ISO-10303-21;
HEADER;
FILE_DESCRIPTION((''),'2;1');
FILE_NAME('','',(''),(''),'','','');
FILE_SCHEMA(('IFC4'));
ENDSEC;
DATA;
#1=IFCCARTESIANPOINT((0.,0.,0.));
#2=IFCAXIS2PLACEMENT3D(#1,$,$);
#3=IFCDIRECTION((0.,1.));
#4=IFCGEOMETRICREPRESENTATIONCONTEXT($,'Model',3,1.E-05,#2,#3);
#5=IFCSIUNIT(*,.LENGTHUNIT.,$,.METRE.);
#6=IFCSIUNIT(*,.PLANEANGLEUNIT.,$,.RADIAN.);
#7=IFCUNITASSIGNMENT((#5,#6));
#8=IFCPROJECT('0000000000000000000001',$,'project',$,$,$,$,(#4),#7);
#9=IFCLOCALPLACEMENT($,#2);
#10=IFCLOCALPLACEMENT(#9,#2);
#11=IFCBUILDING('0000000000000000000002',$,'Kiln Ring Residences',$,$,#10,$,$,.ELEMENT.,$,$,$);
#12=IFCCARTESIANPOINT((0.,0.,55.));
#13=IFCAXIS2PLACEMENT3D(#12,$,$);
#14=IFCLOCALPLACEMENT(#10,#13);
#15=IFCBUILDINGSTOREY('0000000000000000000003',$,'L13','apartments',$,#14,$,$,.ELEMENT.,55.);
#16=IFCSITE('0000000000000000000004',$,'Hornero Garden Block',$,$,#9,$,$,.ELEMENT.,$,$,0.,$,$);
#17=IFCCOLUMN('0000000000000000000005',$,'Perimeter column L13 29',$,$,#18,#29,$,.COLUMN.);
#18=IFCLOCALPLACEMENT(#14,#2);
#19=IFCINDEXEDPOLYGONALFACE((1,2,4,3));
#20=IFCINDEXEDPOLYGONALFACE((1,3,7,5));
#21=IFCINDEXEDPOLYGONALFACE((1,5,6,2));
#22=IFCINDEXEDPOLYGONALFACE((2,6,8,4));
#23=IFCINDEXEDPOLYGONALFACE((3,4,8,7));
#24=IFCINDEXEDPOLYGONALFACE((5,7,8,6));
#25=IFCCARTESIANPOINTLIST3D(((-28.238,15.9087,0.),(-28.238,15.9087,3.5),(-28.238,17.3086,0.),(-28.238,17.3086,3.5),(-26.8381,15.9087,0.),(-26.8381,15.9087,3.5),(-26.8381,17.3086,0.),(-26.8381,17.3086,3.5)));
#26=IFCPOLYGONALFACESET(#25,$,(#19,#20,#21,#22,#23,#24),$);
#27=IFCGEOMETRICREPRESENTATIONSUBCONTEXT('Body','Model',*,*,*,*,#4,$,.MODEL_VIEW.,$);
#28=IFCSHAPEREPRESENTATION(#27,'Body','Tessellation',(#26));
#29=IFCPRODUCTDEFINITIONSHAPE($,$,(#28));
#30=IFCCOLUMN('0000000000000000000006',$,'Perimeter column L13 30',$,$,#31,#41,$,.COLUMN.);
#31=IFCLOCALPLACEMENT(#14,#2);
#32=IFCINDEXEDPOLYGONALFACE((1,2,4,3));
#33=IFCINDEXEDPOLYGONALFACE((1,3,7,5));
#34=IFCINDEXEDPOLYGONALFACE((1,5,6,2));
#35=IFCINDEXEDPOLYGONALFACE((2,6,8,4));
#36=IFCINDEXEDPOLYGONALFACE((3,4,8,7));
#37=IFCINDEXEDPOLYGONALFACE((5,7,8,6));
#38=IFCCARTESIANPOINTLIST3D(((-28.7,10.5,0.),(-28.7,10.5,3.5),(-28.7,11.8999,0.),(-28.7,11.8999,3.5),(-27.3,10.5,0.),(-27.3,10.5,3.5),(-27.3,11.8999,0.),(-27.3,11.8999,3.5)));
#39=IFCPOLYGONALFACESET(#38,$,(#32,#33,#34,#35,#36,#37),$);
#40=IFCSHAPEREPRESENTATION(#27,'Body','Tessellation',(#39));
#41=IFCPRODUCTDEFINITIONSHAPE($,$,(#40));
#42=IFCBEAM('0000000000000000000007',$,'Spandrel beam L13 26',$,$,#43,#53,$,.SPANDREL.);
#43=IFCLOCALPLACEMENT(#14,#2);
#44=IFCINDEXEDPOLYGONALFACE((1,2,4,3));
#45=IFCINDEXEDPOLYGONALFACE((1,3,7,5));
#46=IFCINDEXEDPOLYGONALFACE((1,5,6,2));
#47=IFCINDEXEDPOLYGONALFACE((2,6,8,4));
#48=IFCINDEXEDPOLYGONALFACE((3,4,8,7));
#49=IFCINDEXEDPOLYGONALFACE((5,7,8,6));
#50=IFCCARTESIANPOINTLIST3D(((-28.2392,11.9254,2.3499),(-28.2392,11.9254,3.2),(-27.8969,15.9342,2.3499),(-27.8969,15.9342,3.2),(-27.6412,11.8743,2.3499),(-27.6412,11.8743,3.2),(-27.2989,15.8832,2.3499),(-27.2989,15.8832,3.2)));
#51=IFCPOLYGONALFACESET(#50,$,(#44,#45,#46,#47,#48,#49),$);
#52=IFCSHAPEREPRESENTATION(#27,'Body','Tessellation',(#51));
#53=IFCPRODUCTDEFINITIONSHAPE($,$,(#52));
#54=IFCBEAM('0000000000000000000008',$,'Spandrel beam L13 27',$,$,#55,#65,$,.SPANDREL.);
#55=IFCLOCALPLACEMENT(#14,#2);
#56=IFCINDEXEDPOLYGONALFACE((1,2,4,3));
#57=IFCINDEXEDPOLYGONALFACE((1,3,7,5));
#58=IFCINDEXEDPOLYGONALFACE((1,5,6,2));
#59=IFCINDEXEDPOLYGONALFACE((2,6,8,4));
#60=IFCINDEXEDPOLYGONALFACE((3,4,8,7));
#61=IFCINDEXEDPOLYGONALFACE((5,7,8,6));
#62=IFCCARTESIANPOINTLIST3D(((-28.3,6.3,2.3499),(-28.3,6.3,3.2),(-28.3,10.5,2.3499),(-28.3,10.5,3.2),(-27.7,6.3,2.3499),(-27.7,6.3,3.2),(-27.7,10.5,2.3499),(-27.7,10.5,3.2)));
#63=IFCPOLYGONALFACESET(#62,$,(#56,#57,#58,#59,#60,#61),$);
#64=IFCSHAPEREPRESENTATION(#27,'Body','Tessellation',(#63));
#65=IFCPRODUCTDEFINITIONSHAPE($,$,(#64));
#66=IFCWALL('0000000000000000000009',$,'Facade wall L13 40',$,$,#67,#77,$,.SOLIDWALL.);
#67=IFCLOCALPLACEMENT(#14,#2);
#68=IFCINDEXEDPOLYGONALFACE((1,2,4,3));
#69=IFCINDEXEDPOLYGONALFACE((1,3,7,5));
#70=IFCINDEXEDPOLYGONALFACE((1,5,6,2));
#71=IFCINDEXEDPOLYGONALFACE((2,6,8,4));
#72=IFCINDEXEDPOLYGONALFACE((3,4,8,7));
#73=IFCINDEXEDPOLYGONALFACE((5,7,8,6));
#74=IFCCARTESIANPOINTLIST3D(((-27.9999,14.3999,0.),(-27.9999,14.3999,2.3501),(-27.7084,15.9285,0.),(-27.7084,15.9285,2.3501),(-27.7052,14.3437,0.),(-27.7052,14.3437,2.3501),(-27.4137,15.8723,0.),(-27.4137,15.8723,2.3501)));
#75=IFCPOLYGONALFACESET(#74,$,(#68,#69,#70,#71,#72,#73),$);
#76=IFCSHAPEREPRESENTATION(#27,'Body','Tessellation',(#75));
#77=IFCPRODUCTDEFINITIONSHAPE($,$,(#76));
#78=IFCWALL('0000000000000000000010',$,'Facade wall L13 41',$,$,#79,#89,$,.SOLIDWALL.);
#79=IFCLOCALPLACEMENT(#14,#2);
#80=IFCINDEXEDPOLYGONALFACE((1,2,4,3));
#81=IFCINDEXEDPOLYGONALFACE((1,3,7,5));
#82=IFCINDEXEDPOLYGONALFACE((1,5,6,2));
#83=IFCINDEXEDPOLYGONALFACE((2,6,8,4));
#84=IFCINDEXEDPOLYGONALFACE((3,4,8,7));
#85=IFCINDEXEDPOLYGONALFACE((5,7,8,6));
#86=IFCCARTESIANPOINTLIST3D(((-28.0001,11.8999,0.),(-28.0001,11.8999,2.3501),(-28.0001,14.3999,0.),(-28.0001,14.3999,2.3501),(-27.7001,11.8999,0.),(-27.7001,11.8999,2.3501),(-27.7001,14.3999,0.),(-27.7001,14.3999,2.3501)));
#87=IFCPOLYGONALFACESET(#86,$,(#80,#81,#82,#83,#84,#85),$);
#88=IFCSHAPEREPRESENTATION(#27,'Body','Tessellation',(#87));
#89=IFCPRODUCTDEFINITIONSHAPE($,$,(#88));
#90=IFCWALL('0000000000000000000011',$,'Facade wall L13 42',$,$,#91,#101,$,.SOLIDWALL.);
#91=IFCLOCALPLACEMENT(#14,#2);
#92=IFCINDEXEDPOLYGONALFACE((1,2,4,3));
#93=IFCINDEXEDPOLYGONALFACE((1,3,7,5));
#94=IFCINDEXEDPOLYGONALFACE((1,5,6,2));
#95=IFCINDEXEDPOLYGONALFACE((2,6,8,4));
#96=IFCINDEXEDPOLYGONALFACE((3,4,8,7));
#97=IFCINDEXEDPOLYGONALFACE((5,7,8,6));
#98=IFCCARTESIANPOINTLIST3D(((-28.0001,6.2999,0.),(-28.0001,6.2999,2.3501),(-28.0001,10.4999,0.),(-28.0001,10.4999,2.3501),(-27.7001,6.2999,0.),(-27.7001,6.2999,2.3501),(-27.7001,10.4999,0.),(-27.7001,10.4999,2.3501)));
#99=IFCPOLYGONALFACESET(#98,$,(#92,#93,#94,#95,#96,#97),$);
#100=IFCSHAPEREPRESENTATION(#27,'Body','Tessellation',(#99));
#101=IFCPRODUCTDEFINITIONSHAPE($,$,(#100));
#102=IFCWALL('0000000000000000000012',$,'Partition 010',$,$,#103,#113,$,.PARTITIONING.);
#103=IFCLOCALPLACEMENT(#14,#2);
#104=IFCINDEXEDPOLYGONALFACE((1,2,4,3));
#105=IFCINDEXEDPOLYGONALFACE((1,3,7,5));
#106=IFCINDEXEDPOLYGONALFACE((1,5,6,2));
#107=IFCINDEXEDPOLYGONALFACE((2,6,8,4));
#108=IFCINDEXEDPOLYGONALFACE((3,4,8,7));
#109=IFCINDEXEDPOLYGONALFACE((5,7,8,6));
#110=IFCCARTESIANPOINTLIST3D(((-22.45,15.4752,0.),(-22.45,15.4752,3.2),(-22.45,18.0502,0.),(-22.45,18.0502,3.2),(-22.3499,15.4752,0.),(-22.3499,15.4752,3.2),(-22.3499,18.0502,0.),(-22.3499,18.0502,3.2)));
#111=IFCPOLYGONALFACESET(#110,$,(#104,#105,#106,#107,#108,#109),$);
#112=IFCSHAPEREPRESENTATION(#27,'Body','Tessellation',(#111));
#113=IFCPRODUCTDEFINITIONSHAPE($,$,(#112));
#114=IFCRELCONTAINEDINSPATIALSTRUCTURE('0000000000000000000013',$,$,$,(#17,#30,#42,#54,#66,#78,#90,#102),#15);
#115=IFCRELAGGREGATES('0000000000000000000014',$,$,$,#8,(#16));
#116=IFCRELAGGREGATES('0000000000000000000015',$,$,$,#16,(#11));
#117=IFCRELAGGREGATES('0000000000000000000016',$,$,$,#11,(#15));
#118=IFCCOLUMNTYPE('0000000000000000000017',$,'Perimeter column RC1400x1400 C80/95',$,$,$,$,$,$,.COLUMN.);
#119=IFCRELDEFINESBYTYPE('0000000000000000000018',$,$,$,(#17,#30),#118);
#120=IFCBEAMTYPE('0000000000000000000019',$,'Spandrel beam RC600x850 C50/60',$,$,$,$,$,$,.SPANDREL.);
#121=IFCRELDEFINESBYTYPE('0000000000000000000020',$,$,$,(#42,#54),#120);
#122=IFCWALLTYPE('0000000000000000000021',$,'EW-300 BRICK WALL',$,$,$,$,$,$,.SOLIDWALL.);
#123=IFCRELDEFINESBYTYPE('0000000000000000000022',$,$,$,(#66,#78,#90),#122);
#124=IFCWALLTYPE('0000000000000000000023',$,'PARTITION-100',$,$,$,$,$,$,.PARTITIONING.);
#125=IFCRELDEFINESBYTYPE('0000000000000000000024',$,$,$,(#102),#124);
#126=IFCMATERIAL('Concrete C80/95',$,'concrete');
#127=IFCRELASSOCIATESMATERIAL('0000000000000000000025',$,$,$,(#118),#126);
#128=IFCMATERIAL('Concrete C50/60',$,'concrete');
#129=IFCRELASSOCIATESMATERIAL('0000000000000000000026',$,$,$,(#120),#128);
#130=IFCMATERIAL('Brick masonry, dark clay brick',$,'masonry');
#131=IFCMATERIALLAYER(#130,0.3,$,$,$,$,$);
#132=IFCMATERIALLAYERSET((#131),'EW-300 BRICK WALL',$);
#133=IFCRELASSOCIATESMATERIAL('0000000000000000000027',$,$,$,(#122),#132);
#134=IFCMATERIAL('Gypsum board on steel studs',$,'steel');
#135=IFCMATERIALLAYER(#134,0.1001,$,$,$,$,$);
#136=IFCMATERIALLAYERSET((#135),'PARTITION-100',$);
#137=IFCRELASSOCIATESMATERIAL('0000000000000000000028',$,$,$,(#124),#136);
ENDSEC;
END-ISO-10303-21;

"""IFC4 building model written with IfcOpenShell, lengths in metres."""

from ifc_helpers import new_model, si_unit, direction, frame, frame_2d, origin, origin_2d, place, context, subcontext, project, spatial, rectangle, extrude, material, layer, layer_set, material_profile, profile_set, type_object, element, save


model = new_model("IFC4")

# Units and contexts
model_context = context("Model", 3, precision=1e-05, world=origin(), true_north=direction((0.0, 1.0)))
body_context = subcontext(model_context, "Body", "Model", "MODEL_VIEW")
ifc_project = project(units=[si_unit("LENGTHUNIT", "METRE"), si_unit("PLANEANGLEUNIT", "RADIAN")], contexts=[model_context])

# Site, building, storey
site_placement = place(None, origin())
site = spatial("IfcSite", under=ifc_project, at=site_placement, Name="Hornero Garden Block", CompositionType="ELEMENT", RefElevation=0.0)
building_placement = place(site_placement, origin())
building = spatial("IfcBuilding", under=site, at=building_placement, Name="Kiln Ring Residences", CompositionType="ELEMENT")
storey_placement = place(building_placement, frame((0.0, 0.0, 55.0)))
storey = spatial("IfcBuildingStorey", under=building, at=storey_placement, Name="L13", Description="apartments", CompositionType="ELEMENT", Elevation=55.0)

# Columns
ifc_material_1 = material(Name="Concrete C80/95", Category="concrete")
ifc_material_profile_1 = material_profile(ifc_material_1, rectangle(XDim=1.3999, YDim=1.3999, at=origin_2d()), Name="RC1400x1400")
ifc_profile_set_1 = profile_set([ifc_material_profile_1], Name="Concrete C80/95")
column_type = type_object("IfcColumnType", Name="Perimeter column RC1400x1400 C80/95", PredefinedType="COLUMN", material=ifc_profile_set_1)
for number, where, z_axis, x_axis, name in (
    (1, (-27.5381, 16.6086, 0.0), (0.0, 0.0, 1.0), (1.0, 0.0, 0.0), "Perimeter column L13 29"),
    (2, (-28.0, 11.2, 0.0), (0.0, 0.0, 1.0), (1.0, 0.0, 0.0), "Perimeter column L13 30"),
):
    element("IfcColumn", number, at=place(storey_placement, frame(where, z_axis=z_axis, x_axis=x_axis)), inside=storey, type_object=column_type, Name=name, PredefinedType="COLUMN", context=body_context, shape_type="SweptSolid", body=[
        extrude(rectangle(XDim=1.3999, YDim=1.3999, at=origin_2d()), origin(), (0.0, 0.0, 1.0), 3.5),
    ])

# Beams
ifc_material_2 = material(Name="Concrete C50/60", Category="concrete")
ifc_material_profile_2 = material_profile(ifc_material_2, rectangle(XDim=0.6001, YDim=0.8501, at=origin_2d()), Name="RC600x850")
ifc_profile_set_2 = profile_set([ifc_material_profile_2], Name="Concrete C50/60")
beam_type = type_object("IfcBeamType", Name="Spandrel beam RC600x850 C50/60", PredefinedType="SPANDREL", material=ifc_profile_set_2)
beam_1_placement = place(storey_placement, frame((-27.5979, 15.9087, 2.7749), z_axis=(-0.085074, -0.996375, 0.0), x_axis=(0.996375, -0.085074, 0.0)))
element("IfcBeam", 3, at=beam_1_placement, inside=storey, type_object=beam_type, Name="Spandrel beam L13 26", PredefinedType="SPANDREL", context=body_context, shape_type="SweptSolid", body=[
    extrude(rectangle(XDim=0.6001, YDim=0.8501, at=origin_2d()), origin(), (0.0, 0.0, 1.0), 4.0234),
])
beam_2_placement = place(storey_placement, frame((-28.0, 10.5, 2.7749), z_axis=(0.0, -1.0, 0.0), x_axis=(1.0, 0.0, 0.0)))
element("IfcBeam", 4, at=beam_2_placement, inside=storey, type_object=beam_type, Name="Spandrel beam L13 27", PredefinedType="SPANDREL", context=body_context, shape_type="SweptSolid", body=[
    extrude(rectangle(XDim=0.6001, YDim=0.8501, at=origin_2d()), origin(), (0.0, 0.0, 1.0), 4.2),
])

# Walls
ifc_material_3 = material(Name="Brick masonry, dark clay brick", Category="masonry")
ifc_layer_1 = layer(ifc_material_3, 0.3)
ifc_layer_set_1 = layer_set([ifc_layer_1], Name="EW-300 BRICK WALL")
wall_type_1 = type_object("IfcWallType", Name="EW-300 BRICK WALL", PredefinedType="SOLIDWALL", material=ifc_layer_set_1)
wall_1_placement = place(storey_placement, frame((-27.561, 15.9004, 0.0), z_axis=(0.0, 0.0, 1.0), x_axis=(-0.187328, -0.982297, 0.0)))
element("IfcWall", 5, at=wall_1_placement, inside=storey, type_object=wall_type_1, Name="Facade wall L13 40", PredefinedType="SOLIDWALL", context=body_context, shape_type="SweptSolid", body=[
    extrude(rectangle(XDim=1.5562, YDim=0.3, at=frame_2d((0.7781, 0.0))), origin(), (0.0, 0.0, 1.0), 2.3501),
])
wall_2_placement = place(storey_placement, frame((-27.8501, 14.3999, 0.0), z_axis=(0.0, 0.0, 1.0), x_axis=(0.0, -1.0, 0.0)))
element("IfcWall", 6, at=wall_2_placement, inside=storey, type_object=wall_type_1, Name="Facade wall L13 41", PredefinedType="SOLIDWALL", context=body_context, shape_type="SweptSolid", body=[
    extrude(rectangle(XDim=2.5, YDim=0.3, at=frame_2d((1.25, 0.0))), origin(), (0.0, 0.0, 1.0), 2.3501),
])
wall_3_placement = place(storey_placement, frame((-27.8501, 10.5, 0.0), z_axis=(0.0, 0.0, 1.0), x_axis=(0.0, -1.0, 0.0)))
element("IfcWall", 7, at=wall_3_placement, inside=storey, type_object=wall_type_1, Name="Facade wall L13 42", PredefinedType="SOLIDWALL", context=body_context, shape_type="SweptSolid", body=[
    extrude(rectangle(XDim=4.2, YDim=0.3, at=frame_2d((2.1001, 0.0))), origin(), (0.0, 0.0, 1.0), 2.3501),
])
ifc_material_4 = material(Name="Gypsum board on steel studs", Category="steel")
ifc_layer_2 = layer(ifc_material_4, 0.1001)
ifc_layer_set_2 = layer_set([ifc_layer_2], Name="PARTITION-100")
wall_type_2 = type_object("IfcWallType", Name="PARTITION-100", PredefinedType="PARTITIONING", material=ifc_layer_set_2)
wall_4_placement = place(storey_placement, frame((-22.3999, 15.4751, 0.0), z_axis=(0.0, 0.0, 1.0), x_axis=(0.0, 1.0, 0.0)))
element("IfcWall", 8, at=wall_4_placement, inside=storey, type_object=wall_type_2, Name="Partition 010", PredefinedType="PARTITIONING", context=body_context, shape_type="SweptSolid", body=[
    extrude(rectangle(XDim=2.575, YDim=0.1001, at=frame_2d((1.2876, 0.0))), origin(), (0.0, 0.0, 1.0), 3.2),
])

save(model, "model.ifc")
